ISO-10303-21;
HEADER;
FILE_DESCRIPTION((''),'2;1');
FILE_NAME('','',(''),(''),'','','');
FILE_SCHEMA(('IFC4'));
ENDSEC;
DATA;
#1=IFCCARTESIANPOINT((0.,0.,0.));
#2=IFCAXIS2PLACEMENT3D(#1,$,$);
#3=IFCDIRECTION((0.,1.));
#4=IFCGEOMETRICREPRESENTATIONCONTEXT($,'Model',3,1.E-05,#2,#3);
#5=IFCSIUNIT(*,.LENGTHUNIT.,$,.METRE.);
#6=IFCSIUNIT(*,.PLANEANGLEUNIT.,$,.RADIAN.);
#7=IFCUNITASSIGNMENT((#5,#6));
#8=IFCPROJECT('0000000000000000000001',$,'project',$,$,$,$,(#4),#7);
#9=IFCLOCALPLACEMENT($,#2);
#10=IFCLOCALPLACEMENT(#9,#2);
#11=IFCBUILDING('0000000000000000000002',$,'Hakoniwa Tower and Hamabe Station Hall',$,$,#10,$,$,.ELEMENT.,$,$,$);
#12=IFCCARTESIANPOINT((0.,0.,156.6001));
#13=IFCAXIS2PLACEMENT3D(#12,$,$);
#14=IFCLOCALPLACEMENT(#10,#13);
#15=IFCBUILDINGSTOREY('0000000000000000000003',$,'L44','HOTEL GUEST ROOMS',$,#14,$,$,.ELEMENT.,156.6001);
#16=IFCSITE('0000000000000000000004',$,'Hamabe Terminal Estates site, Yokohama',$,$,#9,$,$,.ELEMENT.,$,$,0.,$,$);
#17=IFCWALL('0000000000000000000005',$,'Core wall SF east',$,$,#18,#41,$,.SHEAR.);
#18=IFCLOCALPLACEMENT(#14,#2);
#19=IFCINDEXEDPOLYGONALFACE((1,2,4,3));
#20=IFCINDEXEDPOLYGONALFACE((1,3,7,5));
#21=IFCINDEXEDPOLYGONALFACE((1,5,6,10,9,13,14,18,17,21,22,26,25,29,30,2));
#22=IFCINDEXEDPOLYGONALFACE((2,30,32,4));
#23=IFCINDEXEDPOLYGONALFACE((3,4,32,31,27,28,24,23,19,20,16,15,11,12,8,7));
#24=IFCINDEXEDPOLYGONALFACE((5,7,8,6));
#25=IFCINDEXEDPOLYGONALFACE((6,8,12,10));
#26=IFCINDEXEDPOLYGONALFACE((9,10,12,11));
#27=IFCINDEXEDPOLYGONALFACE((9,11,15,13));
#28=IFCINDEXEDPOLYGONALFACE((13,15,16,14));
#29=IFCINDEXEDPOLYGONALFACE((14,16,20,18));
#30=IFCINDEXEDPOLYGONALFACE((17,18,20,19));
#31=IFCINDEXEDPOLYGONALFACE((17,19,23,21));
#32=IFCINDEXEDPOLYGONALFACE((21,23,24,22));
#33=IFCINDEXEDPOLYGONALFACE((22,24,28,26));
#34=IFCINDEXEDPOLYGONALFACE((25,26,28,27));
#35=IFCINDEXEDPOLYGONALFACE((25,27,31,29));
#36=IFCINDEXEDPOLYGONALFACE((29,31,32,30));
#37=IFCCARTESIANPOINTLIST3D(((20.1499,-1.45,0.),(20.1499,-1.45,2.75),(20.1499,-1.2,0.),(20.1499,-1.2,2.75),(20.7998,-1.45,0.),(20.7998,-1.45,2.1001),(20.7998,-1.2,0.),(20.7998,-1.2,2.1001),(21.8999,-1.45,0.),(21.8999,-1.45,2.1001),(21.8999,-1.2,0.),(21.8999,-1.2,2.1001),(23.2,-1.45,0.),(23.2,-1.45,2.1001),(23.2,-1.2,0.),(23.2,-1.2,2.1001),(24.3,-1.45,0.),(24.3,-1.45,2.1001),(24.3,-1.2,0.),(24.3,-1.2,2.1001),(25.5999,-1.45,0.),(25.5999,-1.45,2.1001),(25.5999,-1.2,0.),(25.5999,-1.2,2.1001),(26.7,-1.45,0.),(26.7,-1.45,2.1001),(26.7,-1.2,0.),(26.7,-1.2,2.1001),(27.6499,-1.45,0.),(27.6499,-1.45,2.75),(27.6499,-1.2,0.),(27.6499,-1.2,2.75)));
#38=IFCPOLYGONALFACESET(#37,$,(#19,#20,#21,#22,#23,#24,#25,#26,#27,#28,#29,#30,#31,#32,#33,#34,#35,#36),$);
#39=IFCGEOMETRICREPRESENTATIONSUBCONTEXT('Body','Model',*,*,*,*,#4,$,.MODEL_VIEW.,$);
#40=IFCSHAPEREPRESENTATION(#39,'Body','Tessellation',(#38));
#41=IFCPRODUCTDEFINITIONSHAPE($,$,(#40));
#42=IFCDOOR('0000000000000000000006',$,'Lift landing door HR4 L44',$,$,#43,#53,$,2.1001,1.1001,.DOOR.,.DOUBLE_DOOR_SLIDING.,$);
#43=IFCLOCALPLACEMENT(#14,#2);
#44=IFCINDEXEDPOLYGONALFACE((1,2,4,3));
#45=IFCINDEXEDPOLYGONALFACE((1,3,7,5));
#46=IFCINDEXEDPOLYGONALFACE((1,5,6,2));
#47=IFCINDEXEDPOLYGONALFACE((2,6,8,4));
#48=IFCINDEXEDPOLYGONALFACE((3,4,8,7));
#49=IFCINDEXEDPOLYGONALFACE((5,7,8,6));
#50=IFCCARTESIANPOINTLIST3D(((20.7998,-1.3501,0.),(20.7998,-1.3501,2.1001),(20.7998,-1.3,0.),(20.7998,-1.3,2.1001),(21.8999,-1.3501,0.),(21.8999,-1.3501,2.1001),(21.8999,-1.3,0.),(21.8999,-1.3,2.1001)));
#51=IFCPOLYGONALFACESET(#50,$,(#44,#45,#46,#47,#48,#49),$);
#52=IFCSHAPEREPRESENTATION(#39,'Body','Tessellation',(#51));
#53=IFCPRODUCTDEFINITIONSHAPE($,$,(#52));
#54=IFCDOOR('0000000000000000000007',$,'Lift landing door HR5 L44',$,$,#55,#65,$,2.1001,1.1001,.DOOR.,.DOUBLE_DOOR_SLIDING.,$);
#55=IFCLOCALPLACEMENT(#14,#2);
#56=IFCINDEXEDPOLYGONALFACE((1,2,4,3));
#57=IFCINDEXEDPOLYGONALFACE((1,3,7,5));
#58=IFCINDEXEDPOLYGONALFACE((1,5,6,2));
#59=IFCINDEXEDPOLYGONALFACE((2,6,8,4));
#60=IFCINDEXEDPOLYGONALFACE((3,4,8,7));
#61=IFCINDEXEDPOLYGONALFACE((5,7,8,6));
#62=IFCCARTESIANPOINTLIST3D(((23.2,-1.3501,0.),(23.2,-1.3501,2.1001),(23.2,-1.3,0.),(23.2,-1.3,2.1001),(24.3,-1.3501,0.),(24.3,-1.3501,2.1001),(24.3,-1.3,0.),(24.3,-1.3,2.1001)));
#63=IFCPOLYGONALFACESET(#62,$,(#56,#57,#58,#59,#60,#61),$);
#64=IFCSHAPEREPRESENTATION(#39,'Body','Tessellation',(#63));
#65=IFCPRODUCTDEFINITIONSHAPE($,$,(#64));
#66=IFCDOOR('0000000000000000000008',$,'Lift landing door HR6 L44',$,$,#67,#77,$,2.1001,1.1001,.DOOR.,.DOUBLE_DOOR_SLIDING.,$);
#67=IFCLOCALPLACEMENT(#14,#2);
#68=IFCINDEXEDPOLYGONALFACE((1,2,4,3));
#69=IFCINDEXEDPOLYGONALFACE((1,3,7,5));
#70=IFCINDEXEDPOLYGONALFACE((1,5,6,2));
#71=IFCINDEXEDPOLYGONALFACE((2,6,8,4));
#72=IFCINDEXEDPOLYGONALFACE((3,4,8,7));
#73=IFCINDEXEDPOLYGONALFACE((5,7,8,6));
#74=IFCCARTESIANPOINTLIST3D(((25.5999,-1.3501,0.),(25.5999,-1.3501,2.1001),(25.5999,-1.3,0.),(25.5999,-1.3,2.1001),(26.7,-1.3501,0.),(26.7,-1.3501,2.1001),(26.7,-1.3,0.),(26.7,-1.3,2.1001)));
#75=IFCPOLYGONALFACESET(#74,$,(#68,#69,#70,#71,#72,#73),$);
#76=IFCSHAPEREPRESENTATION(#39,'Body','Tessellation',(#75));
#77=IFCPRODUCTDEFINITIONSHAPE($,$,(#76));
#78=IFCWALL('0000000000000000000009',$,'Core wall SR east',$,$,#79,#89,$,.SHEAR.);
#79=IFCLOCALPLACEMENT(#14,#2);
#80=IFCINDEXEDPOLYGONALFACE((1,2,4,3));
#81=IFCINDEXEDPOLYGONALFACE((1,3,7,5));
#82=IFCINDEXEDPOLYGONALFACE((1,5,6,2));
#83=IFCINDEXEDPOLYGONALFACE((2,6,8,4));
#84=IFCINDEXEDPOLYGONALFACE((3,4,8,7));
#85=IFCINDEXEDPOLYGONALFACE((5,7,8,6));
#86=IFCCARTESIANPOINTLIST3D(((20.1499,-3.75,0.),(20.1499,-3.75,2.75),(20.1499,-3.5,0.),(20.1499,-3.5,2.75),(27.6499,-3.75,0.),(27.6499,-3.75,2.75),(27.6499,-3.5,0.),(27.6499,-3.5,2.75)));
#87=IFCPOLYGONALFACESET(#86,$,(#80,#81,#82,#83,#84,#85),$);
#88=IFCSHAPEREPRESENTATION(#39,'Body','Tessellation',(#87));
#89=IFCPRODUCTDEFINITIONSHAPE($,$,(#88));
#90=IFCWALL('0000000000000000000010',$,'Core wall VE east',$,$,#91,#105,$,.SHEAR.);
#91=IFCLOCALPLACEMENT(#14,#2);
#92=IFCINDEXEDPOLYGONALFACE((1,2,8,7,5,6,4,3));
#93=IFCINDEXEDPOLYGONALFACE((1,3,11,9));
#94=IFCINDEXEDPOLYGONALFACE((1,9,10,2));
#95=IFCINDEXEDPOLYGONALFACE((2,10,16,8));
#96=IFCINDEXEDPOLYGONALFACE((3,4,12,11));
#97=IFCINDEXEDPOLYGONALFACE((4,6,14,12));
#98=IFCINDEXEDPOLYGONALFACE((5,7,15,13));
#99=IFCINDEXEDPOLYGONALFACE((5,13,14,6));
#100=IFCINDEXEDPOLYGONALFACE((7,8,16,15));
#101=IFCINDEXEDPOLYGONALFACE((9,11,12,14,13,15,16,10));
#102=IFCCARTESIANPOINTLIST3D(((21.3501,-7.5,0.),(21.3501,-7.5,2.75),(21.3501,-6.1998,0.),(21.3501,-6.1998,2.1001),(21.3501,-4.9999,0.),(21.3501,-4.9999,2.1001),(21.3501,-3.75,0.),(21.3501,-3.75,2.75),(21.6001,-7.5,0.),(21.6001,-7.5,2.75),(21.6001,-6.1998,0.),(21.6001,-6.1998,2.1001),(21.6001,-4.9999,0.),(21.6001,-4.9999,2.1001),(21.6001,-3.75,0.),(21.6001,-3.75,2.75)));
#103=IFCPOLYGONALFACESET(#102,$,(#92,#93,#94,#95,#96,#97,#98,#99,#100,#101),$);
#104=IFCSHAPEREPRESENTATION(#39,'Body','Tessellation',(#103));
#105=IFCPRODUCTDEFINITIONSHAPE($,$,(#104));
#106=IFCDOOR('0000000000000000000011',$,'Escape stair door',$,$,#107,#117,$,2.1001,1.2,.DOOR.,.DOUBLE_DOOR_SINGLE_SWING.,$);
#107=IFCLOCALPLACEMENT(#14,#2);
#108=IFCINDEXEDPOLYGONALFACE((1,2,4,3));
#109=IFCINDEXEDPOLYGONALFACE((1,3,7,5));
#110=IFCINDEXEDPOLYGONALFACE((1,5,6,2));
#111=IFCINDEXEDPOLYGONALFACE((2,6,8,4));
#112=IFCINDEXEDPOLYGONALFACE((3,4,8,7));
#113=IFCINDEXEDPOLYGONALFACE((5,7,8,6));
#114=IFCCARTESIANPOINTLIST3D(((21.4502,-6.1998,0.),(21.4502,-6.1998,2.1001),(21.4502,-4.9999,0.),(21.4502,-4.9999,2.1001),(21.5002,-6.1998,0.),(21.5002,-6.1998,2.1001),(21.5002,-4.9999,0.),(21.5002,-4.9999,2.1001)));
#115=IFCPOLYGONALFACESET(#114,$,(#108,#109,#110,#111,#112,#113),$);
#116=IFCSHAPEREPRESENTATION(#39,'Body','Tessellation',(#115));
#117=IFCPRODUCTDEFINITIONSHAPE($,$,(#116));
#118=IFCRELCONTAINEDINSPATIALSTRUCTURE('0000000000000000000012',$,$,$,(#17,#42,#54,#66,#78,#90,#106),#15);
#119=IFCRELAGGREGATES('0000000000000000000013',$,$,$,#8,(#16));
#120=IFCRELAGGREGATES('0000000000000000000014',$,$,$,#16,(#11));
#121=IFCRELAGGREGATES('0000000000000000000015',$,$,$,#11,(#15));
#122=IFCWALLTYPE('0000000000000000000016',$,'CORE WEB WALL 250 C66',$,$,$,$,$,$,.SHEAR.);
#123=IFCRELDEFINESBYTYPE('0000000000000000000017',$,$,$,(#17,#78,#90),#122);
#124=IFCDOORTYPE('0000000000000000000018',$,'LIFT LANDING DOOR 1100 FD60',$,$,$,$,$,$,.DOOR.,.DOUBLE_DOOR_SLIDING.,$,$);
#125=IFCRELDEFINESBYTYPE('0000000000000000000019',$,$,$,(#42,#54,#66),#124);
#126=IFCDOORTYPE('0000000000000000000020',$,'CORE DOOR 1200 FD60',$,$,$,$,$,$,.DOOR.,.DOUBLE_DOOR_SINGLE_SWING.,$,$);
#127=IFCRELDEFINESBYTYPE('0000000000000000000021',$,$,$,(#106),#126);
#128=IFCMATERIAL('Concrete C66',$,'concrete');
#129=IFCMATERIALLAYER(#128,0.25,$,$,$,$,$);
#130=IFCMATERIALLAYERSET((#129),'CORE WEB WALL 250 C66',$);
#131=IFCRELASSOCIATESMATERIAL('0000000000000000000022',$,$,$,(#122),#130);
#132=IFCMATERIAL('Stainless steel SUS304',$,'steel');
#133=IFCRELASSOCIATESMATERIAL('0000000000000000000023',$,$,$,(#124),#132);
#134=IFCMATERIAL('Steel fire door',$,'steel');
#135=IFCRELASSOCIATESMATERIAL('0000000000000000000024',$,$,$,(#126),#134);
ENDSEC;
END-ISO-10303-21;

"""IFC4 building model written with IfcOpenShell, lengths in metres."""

from ifc_helpers import new_model, si_unit, direction, frame, frame_2d, origin, place, context, subcontext, project, spatial, rectangle, extrude, material, layer, layer_set, type_object, element, fill, save


model = new_model("IFC4")

# Units and contexts
model_context = context("Model", 3, precision=1e-05, world=origin(), true_north=direction((0.0, 1.0)))
body_context = subcontext(model_context, "Body", "Model", "MODEL_VIEW")
ifc_project = project(units=[si_unit("LENGTHUNIT", "METRE"), si_unit("PLANEANGLEUNIT", "RADIAN")], contexts=[model_context])

# Site, building, storey
site_placement = place(None, origin())
site = spatial("IfcSite", under=ifc_project, at=site_placement, Name="Hamabe Terminal Estates site, Yokohama", CompositionType="ELEMENT", RefElevation=0.0)
building_placement = place(site_placement, origin())
building = spatial("IfcBuilding", under=site, at=building_placement, Name="Hakoniwa Tower and Hamabe Station Hall", CompositionType="ELEMENT")
storey_placement = place(building_placement, frame((0.0, 0.0, 156.6001)))
storey = spatial("IfcBuildingStorey", under=building, at=storey_placement, Name="L44", Description="HOTEL GUEST ROOMS", CompositionType="ELEMENT", Elevation=156.6001)

# Shared definitions
ifc_material_1 = material(Name="Concrete C66", Category="concrete")
ifc_layer_1 = layer(ifc_material_1, 0.25)
ifc_layer_set_1 = layer_set([ifc_layer_1], Name="CORE WEB WALL 250 C66")
wall_type_1 = type_object("IfcWallType", Name="CORE WEB WALL 250 C66", PredefinedType="SHEAR", material=ifc_layer_set_1)

# Wall, openings, doors
wall_1_placement = place(storey_placement, frame((20.1499, -1.325, 0.0), z_axis=(0.0, 0.0, 1.0), x_axis=(1.0, 0.0, 0.0)))
wall_1 = element("IfcWall", 1, at=wall_1_placement, inside=storey, type_object=wall_type_1, Name="Core wall SF east", PredefinedType="SHEAR", context=body_context, shape_type="SweptSolid", body=[
    extrude(rectangle(XDim=7.5, YDim=0.25, at=frame_2d((3.75, 0.0))), origin(), (0.0, 0.0, 1.0), 2.75),
])
opening_1_placement = place(wall_1_placement, frame((0.6499, 0.0, 0.0)))
opening_1 = element("IfcOpeningElement", 2, at=opening_1_placement, cuts=wall_1, PredefinedType="OPENING", context=body_context, shape_type="SweptSolid", body=[
    extrude(rectangle(XDim=1.1001, YDim=2.1001, at=frame_2d((0.55, 1.05))), frame((0.0, 0.135, 0.0), z_axis=(0.0, -1.0, 0.0), x_axis=(1.0, 0.0, 0.0)), (0.0, 0.0, 1.0), 0.27),
])
opening_2_placement = place(wall_1_placement, frame((3.05, 0.0, 0.0)))
opening_2 = element("IfcOpeningElement", 3, at=opening_2_placement, cuts=wall_1, PredefinedType="OPENING", context=body_context, shape_type="SweptSolid", body=[
    extrude(rectangle(XDim=1.1001, YDim=2.1001, at=frame_2d((0.55, 1.05))), frame((0.0, 0.135, 0.0), z_axis=(0.0, -1.0, 0.0), x_axis=(1.0, 0.0, 0.0)), (0.0, 0.0, 1.0), 0.27),
])
opening_3_placement = place(wall_1_placement, frame((5.45, 0.0, 0.0)))
opening_3 = element("IfcOpeningElement", 4, at=opening_3_placement, cuts=wall_1, PredefinedType="OPENING", context=body_context, shape_type="SweptSolid", body=[
    extrude(rectangle(XDim=1.1001, YDim=2.1001, at=frame_2d((0.55, 1.05))), frame((0.0, 0.135, 0.0), z_axis=(0.0, -1.0, 0.0), x_axis=(1.0, 0.0, 0.0)), (0.0, 0.0, 1.0), 0.27),
])
ifc_material_2 = material(Name="Stainless steel SUS304", Category="steel")
door_type_1 = type_object("IfcDoorType", Name="LIFT LANDING DOOR 1100 FD60", OperationType="DOUBLE_DOOR_SLIDING", PredefinedType="DOOR", material=ifc_material_2)
door_1_placement = place(opening_1_placement, origin())
door_1 = element("IfcDoor", 5, at=door_1_placement, inside=storey, type_object=door_type_1, Name="Lift landing door HR4 L44", OperationType="DOUBLE_DOOR_SLIDING", OverallHeight=2.1001, OverallWidth=1.1001, PredefinedType="DOOR", context=body_context, shape_type="SweptSolid", body=[
    extrude(rectangle(XDim=1.1001, YDim=2.1001, at=frame_2d((0.55, 1.05))), frame((0.0, 0.0249, 0.0), z_axis=(0.0, -1.0, 0.0), x_axis=(1.0, 0.0, 0.0)), (0.0, 0.0, 1.0), 0.05),
])
fill(opening_1, door_1)
door_2_placement = place(opening_2_placement, origin())
door_2 = element("IfcDoor", 6, at=door_2_placement, inside=storey, type_object=door_type_1, Name="Lift landing door HR5 L44", OperationType="DOUBLE_DOOR_SLIDING", OverallHeight=2.1001, OverallWidth=1.1001, PredefinedType="DOOR", context=body_context, shape_type="SweptSolid", body=[
    extrude(rectangle(XDim=1.1001, YDim=2.1001, at=frame_2d((0.55, 1.05))), frame((0.0, 0.0249, 0.0), z_axis=(0.0, -1.0, 0.0), x_axis=(1.0, 0.0, 0.0)), (0.0, 0.0, 1.0), 0.05),
])
fill(opening_2, door_2)
door_3_placement = place(opening_3_placement, origin())
door_3 = element("IfcDoor", 7, at=door_3_placement, inside=storey, type_object=door_type_1, Name="Lift landing door HR6 L44", OperationType="DOUBLE_DOOR_SLIDING", OverallHeight=2.1001, OverallWidth=1.1001, PredefinedType="DOOR", context=body_context, shape_type="SweptSolid", body=[
    extrude(rectangle(XDim=1.1001, YDim=2.1001, at=frame_2d((0.55, 1.05))), frame((0.0, 0.0249, 0.0), z_axis=(0.0, -1.0, 0.0), x_axis=(1.0, 0.0, 0.0)), (0.0, 0.0, 1.0), 0.05),
])
fill(opening_3, door_3)

# Wall
wall_2_placement = place(storey_placement, frame((20.1499, -3.625, 0.0), z_axis=(0.0, 0.0, 1.0), x_axis=(1.0, 0.0, 0.0)))
element("IfcWall", 8, at=wall_2_placement, inside=storey, type_object=wall_type_1, Name="Core wall SR east", PredefinedType="SHEAR", context=body_context, shape_type="SweptSolid", body=[
    extrude(rectangle(XDim=7.5, YDim=0.25, at=frame_2d((3.75, 0.0))), origin(), (0.0, 0.0, 1.0), 2.75),
])

# Wall, opening, door
wall_3_placement = place(storey_placement, frame((21.4751, -7.5, 0.0), z_axis=(0.0, 0.0, 1.0), x_axis=(0.0, 1.0, 0.0)))
wall_3 = element("IfcWall", 9, at=wall_3_placement, inside=storey, type_object=wall_type_1, Name="Core wall VE east", PredefinedType="SHEAR", context=body_context, shape_type="SweptSolid", body=[
    extrude(rectangle(XDim=3.75, YDim=0.25, at=frame_2d((1.875, 0.0))), origin(), (0.0, 0.0, 1.0), 2.75),
])
opening_4_placement = place(wall_3_placement, frame((1.3, 0.0, 0.0)))
opening_4 = element("IfcOpeningElement", 10, at=opening_4_placement, cuts=wall_3, PredefinedType="OPENING", context=body_context, shape_type="SweptSolid", body=[
    extrude(rectangle(XDim=1.2, YDim=2.1001, at=frame_2d((0.6001, 1.05))), frame((0.0, 0.135, 0.0), z_axis=(0.0, -1.0, 0.0), x_axis=(1.0, 0.0, 0.0)), (0.0, 0.0, 1.0), 0.27),
])
ifc_material_3 = material(Name="Steel fire door", Category="steel")
door_type_2 = type_object("IfcDoorType", Name="CORE DOOR 1200 FD60", OperationType="DOUBLE_DOOR_SINGLE_SWING", PredefinedType="DOOR", material=ifc_material_3)
door_4_placement = place(opening_4_placement, origin())
door_4 = element("IfcDoor", 11, at=door_4_placement, inside=storey, type_object=door_type_2, Name="Escape stair door", OperationType="DOUBLE_DOOR_SINGLE_SWING", OverallHeight=2.1001, OverallWidth=1.2, PredefinedType="DOOR", context=body_context, shape_type="SweptSolid", body=[
    extrude(rectangle(XDim=1.2, YDim=2.1001, at=frame_2d((0.6001, 1.05))), frame((0.0, 0.0249, 0.0), z_axis=(0.0, -1.0, 0.0), x_axis=(1.0, 0.0, 0.0)), (0.0, 0.0, 1.0), 0.05),
])
fill(opening_4, door_4)

save(model, "model.ifc")
